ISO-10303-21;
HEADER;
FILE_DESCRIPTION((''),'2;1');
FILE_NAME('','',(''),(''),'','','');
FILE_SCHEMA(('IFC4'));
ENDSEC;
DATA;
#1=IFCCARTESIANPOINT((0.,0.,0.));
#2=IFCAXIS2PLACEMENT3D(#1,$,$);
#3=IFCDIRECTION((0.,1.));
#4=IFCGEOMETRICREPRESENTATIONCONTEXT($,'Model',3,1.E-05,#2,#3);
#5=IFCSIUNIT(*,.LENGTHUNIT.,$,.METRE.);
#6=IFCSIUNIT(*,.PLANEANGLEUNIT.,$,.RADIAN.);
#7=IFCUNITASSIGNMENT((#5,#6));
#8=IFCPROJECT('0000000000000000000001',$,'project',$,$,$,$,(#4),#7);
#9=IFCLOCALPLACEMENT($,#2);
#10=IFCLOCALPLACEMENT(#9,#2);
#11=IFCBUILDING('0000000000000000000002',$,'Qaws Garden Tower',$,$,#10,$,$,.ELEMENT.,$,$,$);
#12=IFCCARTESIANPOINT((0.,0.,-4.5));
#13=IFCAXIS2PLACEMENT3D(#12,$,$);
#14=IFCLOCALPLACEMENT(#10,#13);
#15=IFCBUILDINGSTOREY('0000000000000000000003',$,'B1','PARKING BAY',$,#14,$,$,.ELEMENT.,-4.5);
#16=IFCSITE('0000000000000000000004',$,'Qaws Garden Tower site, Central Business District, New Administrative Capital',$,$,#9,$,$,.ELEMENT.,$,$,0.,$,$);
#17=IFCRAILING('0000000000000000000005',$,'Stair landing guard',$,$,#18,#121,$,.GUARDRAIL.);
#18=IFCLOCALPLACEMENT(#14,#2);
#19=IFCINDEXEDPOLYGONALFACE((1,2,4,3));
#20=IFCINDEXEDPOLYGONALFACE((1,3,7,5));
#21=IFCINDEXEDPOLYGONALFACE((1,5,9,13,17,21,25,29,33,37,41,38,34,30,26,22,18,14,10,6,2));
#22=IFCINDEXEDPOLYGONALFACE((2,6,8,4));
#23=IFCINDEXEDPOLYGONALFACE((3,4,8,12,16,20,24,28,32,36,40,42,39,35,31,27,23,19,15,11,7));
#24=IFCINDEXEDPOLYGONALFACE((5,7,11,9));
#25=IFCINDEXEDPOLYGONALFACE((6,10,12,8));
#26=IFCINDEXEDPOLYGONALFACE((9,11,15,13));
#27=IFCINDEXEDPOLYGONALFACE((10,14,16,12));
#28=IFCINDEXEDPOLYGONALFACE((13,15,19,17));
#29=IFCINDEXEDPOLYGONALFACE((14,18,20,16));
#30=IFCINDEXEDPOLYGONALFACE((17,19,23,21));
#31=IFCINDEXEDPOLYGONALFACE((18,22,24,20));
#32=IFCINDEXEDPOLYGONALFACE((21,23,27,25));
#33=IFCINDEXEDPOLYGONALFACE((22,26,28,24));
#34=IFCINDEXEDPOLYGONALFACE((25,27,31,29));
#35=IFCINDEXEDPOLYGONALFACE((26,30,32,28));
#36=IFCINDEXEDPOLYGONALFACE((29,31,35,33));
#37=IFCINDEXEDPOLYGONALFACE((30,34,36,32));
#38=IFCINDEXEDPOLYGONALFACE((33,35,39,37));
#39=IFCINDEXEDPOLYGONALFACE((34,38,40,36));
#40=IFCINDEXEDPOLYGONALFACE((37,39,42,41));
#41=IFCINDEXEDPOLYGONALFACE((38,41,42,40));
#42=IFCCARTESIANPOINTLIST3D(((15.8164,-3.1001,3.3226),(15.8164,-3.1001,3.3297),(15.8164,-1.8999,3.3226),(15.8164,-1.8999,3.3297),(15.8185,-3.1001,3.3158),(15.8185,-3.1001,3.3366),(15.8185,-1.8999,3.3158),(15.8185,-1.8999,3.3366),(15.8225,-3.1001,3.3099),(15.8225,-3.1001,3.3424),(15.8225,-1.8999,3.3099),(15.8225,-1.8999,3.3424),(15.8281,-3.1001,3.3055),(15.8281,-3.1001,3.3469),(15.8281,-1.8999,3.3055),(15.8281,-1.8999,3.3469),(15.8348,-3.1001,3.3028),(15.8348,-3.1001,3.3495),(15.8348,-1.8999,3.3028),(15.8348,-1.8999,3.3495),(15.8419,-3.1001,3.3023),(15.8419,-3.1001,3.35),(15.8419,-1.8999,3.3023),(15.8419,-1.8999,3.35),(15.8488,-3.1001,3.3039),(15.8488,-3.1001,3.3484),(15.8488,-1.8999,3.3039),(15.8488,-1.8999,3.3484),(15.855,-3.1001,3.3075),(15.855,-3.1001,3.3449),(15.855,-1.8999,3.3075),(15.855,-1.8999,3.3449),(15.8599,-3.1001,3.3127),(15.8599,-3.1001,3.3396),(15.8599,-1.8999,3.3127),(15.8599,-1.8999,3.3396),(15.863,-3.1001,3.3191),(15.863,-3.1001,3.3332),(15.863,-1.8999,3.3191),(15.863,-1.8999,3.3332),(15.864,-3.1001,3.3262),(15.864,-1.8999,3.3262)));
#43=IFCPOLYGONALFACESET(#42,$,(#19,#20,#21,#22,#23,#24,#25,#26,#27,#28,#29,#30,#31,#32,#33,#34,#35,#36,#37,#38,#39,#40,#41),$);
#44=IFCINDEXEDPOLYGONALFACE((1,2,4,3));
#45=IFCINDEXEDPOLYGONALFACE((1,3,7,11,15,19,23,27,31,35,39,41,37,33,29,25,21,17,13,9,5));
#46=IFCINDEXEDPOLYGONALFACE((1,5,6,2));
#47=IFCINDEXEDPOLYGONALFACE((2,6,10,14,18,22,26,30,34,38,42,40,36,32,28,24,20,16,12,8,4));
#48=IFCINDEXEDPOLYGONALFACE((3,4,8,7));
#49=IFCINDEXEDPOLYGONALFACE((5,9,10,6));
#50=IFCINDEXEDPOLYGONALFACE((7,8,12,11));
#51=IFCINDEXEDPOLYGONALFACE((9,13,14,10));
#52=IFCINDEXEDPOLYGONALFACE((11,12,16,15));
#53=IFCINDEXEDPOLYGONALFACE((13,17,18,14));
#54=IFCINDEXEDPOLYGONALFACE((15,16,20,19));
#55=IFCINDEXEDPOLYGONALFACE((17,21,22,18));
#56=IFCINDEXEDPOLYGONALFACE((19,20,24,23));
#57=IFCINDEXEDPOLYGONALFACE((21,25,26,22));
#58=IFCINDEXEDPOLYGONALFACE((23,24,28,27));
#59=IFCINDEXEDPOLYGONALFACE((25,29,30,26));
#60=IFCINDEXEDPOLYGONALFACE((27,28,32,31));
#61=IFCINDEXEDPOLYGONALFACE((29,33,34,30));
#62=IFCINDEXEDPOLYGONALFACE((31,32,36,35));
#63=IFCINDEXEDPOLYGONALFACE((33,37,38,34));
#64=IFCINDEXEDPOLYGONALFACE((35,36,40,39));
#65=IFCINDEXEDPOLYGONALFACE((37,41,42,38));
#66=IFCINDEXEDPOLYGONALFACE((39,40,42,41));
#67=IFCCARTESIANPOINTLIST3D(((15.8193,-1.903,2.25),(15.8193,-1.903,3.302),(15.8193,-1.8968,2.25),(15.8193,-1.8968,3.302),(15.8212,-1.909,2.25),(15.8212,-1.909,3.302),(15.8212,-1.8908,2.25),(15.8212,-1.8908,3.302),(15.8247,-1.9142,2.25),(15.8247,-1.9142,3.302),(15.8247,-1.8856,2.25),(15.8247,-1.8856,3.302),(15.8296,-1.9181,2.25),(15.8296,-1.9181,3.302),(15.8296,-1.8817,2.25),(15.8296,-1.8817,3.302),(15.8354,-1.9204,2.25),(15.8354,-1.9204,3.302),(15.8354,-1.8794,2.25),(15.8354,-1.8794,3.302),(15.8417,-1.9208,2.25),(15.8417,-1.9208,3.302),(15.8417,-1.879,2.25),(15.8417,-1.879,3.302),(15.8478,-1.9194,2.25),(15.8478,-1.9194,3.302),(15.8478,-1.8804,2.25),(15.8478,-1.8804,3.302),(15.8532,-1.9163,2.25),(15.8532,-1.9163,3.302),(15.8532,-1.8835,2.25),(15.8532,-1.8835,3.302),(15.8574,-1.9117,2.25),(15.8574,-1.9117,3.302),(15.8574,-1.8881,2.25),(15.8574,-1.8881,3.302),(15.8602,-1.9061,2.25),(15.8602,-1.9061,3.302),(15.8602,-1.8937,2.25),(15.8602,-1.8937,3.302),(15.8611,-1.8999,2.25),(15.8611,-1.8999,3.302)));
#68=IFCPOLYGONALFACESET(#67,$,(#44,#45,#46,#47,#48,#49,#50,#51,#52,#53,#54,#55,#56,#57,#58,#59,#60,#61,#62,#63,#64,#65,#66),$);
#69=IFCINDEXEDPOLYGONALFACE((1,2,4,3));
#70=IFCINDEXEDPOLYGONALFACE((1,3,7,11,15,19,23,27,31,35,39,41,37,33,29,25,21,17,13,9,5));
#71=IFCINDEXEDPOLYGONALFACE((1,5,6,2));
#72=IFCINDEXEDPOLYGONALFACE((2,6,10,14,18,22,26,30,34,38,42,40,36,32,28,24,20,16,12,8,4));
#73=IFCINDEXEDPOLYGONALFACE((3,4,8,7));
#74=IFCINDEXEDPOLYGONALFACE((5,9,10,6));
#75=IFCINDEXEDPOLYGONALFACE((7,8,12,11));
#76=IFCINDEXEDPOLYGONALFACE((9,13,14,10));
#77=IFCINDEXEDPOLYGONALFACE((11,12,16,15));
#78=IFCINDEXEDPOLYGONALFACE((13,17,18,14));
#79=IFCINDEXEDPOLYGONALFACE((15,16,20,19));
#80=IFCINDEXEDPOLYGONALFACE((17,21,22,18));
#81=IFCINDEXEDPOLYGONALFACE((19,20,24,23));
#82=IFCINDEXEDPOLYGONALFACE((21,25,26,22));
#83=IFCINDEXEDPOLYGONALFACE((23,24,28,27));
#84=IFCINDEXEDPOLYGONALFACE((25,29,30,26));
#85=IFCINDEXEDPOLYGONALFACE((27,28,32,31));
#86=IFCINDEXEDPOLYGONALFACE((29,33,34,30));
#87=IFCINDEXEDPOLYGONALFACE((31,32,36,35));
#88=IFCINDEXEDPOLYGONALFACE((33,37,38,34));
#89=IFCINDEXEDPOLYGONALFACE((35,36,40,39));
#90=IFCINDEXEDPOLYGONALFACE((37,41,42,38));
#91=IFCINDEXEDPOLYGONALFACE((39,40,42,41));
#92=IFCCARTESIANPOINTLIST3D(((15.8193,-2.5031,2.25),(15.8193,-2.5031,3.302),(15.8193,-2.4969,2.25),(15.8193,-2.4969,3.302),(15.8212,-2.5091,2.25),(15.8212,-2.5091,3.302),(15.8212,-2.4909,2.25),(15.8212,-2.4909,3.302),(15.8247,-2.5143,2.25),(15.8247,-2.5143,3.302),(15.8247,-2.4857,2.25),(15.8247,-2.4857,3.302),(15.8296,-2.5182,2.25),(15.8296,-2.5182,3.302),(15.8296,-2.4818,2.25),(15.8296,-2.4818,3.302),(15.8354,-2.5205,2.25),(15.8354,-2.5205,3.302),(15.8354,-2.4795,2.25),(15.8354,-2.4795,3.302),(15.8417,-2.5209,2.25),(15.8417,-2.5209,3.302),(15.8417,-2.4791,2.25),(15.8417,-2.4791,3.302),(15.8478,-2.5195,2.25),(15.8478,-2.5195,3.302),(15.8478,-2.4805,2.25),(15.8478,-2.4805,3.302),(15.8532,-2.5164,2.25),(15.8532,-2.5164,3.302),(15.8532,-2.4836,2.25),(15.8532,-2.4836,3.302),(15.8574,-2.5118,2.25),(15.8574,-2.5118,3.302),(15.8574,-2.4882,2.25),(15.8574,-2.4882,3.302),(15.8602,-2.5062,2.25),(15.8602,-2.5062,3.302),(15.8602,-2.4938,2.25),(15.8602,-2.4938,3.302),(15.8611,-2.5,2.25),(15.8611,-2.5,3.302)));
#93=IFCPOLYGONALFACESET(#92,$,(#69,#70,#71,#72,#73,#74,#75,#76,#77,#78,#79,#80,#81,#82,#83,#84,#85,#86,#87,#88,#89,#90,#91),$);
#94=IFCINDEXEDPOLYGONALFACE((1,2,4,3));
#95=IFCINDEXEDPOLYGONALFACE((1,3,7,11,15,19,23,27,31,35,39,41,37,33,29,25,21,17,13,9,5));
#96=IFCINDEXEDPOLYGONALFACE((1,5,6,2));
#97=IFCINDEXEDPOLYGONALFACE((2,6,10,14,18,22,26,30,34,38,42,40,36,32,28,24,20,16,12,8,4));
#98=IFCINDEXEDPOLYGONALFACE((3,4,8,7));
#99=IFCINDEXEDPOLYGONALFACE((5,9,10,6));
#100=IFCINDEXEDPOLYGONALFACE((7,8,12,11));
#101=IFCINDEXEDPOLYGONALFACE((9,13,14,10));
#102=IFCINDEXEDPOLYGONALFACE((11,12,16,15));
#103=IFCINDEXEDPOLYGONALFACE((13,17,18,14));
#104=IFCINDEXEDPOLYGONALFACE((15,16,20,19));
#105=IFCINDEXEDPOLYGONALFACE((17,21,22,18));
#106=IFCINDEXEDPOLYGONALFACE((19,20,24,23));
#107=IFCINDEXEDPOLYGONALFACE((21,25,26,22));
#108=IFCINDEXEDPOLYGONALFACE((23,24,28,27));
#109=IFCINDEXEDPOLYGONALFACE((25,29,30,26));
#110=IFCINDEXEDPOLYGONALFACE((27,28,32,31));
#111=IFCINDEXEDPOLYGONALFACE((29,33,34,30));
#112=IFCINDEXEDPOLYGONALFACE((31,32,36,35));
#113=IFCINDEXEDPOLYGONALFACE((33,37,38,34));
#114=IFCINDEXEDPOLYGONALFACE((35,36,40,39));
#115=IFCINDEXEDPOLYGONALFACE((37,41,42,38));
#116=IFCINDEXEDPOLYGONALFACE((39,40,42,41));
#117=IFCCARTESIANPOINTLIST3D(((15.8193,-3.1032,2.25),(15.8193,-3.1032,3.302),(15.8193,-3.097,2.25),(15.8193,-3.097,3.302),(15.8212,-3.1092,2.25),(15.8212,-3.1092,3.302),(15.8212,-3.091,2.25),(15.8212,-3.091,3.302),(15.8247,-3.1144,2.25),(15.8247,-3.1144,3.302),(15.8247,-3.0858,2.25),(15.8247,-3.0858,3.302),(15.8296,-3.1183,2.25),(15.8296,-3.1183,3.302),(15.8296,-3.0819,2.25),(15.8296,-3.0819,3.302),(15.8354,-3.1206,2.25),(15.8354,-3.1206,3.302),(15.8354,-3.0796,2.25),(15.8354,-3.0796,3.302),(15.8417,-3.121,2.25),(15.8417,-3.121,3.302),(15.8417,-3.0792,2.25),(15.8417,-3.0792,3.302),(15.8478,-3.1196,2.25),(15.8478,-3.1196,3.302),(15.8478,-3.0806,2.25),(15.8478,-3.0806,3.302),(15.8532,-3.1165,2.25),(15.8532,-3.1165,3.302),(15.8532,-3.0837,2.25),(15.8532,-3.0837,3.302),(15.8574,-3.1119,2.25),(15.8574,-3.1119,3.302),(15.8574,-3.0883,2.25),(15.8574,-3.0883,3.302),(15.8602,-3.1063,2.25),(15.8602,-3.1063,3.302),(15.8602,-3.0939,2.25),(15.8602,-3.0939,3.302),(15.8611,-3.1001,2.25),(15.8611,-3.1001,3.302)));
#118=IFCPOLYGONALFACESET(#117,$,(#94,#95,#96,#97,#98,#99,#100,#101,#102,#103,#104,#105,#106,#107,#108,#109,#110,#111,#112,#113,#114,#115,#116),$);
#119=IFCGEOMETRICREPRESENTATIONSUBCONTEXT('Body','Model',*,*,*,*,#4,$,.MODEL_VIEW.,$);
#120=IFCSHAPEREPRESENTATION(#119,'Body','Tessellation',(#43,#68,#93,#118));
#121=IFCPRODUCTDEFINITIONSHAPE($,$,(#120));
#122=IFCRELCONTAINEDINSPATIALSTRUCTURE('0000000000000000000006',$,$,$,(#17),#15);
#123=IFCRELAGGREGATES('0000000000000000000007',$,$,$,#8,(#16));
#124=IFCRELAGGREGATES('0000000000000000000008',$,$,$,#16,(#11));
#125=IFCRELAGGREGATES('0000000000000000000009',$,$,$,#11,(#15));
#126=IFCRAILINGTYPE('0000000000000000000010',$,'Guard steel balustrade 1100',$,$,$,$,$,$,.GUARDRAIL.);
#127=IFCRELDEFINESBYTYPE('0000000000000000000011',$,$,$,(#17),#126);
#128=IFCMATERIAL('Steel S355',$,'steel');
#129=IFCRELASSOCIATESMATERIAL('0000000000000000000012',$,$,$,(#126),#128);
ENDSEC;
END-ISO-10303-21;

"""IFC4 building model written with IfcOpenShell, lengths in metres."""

from ifc_helpers import new_model, si_unit, direction, frame, origin, origin_2d, place, context, subcontext, project, spatial, circle, extrude, material, type_object, element, save


model = new_model("IFC4")

# Units and contexts
model_context = context("Model", 3, precision=1e-05, world=origin(), true_north=direction((0.0, 1.0)))
body_context = subcontext(model_context, "Body", "Model", "MODEL_VIEW")
ifc_project = project(units=[si_unit("LENGTHUNIT", "METRE"), si_unit("PLANEANGLEUNIT", "RADIAN")], contexts=[model_context])

# Site, building, storey
site_placement = place(None, origin())
site = spatial("IfcSite", under=ifc_project, at=site_placement, Name="Qaws Garden Tower site, Central Business District, New Administrative Capital", CompositionType="ELEMENT", RefElevation=0.0)
building_placement = place(site_placement, origin())
building = spatial("IfcBuilding", under=site, at=building_placement, Name="Qaws Garden Tower", CompositionType="ELEMENT")
storey_placement = place(building_placement, frame((0.0, 0.0, -4.5)))
storey = spatial("IfcBuildingStorey", under=building, at=storey_placement, Name="B1", Description="PARKING BAY", CompositionType="ELEMENT", Elevation=-4.5)

# Railing
ifc_material_1 = material(Name="Steel S355", Category="steel")
railing_type_1 = type_object("IfcRailingType", Name="Guard steel balustrade 1100", PredefinedType="GUARDRAIL", material=ifc_material_1)
railing_1_placement = place(storey_placement, frame((15.8401, -1.8999, 2.25)))
element("IfcRailing", 1, at=railing_1_placement, inside=storey, type_object=railing_type_1, Name="Stair landing guard", PredefinedType="GUARDRAIL", context=body_context, shape_type="SweptSolid", body=[
    extrude(circle(Radius=0.0239, at=origin_2d()), frame((0.0, 0.0, 1.0762), z_axis=(0.0, -1.0, 0.0), x_axis=(1.0, 0.0, 0.0)), (0.0, 0.0, 1.0), 1.2002),
    extrude(circle(Radius=0.021, at=origin_2d()), origin(), (0.0, 0.0, 1.0), 1.052),
    extrude(circle(Radius=0.021, at=origin_2d()), frame((0.0, -0.6001, 0.0)), (0.0, 0.0, 1.0), 1.052),
    extrude(circle(Radius=0.021, at=origin_2d()), frame((0.0, -1.2002, 0.0)), (0.0, 0.0, 1.0), 1.052),
])

save(model, "model.ifc")
